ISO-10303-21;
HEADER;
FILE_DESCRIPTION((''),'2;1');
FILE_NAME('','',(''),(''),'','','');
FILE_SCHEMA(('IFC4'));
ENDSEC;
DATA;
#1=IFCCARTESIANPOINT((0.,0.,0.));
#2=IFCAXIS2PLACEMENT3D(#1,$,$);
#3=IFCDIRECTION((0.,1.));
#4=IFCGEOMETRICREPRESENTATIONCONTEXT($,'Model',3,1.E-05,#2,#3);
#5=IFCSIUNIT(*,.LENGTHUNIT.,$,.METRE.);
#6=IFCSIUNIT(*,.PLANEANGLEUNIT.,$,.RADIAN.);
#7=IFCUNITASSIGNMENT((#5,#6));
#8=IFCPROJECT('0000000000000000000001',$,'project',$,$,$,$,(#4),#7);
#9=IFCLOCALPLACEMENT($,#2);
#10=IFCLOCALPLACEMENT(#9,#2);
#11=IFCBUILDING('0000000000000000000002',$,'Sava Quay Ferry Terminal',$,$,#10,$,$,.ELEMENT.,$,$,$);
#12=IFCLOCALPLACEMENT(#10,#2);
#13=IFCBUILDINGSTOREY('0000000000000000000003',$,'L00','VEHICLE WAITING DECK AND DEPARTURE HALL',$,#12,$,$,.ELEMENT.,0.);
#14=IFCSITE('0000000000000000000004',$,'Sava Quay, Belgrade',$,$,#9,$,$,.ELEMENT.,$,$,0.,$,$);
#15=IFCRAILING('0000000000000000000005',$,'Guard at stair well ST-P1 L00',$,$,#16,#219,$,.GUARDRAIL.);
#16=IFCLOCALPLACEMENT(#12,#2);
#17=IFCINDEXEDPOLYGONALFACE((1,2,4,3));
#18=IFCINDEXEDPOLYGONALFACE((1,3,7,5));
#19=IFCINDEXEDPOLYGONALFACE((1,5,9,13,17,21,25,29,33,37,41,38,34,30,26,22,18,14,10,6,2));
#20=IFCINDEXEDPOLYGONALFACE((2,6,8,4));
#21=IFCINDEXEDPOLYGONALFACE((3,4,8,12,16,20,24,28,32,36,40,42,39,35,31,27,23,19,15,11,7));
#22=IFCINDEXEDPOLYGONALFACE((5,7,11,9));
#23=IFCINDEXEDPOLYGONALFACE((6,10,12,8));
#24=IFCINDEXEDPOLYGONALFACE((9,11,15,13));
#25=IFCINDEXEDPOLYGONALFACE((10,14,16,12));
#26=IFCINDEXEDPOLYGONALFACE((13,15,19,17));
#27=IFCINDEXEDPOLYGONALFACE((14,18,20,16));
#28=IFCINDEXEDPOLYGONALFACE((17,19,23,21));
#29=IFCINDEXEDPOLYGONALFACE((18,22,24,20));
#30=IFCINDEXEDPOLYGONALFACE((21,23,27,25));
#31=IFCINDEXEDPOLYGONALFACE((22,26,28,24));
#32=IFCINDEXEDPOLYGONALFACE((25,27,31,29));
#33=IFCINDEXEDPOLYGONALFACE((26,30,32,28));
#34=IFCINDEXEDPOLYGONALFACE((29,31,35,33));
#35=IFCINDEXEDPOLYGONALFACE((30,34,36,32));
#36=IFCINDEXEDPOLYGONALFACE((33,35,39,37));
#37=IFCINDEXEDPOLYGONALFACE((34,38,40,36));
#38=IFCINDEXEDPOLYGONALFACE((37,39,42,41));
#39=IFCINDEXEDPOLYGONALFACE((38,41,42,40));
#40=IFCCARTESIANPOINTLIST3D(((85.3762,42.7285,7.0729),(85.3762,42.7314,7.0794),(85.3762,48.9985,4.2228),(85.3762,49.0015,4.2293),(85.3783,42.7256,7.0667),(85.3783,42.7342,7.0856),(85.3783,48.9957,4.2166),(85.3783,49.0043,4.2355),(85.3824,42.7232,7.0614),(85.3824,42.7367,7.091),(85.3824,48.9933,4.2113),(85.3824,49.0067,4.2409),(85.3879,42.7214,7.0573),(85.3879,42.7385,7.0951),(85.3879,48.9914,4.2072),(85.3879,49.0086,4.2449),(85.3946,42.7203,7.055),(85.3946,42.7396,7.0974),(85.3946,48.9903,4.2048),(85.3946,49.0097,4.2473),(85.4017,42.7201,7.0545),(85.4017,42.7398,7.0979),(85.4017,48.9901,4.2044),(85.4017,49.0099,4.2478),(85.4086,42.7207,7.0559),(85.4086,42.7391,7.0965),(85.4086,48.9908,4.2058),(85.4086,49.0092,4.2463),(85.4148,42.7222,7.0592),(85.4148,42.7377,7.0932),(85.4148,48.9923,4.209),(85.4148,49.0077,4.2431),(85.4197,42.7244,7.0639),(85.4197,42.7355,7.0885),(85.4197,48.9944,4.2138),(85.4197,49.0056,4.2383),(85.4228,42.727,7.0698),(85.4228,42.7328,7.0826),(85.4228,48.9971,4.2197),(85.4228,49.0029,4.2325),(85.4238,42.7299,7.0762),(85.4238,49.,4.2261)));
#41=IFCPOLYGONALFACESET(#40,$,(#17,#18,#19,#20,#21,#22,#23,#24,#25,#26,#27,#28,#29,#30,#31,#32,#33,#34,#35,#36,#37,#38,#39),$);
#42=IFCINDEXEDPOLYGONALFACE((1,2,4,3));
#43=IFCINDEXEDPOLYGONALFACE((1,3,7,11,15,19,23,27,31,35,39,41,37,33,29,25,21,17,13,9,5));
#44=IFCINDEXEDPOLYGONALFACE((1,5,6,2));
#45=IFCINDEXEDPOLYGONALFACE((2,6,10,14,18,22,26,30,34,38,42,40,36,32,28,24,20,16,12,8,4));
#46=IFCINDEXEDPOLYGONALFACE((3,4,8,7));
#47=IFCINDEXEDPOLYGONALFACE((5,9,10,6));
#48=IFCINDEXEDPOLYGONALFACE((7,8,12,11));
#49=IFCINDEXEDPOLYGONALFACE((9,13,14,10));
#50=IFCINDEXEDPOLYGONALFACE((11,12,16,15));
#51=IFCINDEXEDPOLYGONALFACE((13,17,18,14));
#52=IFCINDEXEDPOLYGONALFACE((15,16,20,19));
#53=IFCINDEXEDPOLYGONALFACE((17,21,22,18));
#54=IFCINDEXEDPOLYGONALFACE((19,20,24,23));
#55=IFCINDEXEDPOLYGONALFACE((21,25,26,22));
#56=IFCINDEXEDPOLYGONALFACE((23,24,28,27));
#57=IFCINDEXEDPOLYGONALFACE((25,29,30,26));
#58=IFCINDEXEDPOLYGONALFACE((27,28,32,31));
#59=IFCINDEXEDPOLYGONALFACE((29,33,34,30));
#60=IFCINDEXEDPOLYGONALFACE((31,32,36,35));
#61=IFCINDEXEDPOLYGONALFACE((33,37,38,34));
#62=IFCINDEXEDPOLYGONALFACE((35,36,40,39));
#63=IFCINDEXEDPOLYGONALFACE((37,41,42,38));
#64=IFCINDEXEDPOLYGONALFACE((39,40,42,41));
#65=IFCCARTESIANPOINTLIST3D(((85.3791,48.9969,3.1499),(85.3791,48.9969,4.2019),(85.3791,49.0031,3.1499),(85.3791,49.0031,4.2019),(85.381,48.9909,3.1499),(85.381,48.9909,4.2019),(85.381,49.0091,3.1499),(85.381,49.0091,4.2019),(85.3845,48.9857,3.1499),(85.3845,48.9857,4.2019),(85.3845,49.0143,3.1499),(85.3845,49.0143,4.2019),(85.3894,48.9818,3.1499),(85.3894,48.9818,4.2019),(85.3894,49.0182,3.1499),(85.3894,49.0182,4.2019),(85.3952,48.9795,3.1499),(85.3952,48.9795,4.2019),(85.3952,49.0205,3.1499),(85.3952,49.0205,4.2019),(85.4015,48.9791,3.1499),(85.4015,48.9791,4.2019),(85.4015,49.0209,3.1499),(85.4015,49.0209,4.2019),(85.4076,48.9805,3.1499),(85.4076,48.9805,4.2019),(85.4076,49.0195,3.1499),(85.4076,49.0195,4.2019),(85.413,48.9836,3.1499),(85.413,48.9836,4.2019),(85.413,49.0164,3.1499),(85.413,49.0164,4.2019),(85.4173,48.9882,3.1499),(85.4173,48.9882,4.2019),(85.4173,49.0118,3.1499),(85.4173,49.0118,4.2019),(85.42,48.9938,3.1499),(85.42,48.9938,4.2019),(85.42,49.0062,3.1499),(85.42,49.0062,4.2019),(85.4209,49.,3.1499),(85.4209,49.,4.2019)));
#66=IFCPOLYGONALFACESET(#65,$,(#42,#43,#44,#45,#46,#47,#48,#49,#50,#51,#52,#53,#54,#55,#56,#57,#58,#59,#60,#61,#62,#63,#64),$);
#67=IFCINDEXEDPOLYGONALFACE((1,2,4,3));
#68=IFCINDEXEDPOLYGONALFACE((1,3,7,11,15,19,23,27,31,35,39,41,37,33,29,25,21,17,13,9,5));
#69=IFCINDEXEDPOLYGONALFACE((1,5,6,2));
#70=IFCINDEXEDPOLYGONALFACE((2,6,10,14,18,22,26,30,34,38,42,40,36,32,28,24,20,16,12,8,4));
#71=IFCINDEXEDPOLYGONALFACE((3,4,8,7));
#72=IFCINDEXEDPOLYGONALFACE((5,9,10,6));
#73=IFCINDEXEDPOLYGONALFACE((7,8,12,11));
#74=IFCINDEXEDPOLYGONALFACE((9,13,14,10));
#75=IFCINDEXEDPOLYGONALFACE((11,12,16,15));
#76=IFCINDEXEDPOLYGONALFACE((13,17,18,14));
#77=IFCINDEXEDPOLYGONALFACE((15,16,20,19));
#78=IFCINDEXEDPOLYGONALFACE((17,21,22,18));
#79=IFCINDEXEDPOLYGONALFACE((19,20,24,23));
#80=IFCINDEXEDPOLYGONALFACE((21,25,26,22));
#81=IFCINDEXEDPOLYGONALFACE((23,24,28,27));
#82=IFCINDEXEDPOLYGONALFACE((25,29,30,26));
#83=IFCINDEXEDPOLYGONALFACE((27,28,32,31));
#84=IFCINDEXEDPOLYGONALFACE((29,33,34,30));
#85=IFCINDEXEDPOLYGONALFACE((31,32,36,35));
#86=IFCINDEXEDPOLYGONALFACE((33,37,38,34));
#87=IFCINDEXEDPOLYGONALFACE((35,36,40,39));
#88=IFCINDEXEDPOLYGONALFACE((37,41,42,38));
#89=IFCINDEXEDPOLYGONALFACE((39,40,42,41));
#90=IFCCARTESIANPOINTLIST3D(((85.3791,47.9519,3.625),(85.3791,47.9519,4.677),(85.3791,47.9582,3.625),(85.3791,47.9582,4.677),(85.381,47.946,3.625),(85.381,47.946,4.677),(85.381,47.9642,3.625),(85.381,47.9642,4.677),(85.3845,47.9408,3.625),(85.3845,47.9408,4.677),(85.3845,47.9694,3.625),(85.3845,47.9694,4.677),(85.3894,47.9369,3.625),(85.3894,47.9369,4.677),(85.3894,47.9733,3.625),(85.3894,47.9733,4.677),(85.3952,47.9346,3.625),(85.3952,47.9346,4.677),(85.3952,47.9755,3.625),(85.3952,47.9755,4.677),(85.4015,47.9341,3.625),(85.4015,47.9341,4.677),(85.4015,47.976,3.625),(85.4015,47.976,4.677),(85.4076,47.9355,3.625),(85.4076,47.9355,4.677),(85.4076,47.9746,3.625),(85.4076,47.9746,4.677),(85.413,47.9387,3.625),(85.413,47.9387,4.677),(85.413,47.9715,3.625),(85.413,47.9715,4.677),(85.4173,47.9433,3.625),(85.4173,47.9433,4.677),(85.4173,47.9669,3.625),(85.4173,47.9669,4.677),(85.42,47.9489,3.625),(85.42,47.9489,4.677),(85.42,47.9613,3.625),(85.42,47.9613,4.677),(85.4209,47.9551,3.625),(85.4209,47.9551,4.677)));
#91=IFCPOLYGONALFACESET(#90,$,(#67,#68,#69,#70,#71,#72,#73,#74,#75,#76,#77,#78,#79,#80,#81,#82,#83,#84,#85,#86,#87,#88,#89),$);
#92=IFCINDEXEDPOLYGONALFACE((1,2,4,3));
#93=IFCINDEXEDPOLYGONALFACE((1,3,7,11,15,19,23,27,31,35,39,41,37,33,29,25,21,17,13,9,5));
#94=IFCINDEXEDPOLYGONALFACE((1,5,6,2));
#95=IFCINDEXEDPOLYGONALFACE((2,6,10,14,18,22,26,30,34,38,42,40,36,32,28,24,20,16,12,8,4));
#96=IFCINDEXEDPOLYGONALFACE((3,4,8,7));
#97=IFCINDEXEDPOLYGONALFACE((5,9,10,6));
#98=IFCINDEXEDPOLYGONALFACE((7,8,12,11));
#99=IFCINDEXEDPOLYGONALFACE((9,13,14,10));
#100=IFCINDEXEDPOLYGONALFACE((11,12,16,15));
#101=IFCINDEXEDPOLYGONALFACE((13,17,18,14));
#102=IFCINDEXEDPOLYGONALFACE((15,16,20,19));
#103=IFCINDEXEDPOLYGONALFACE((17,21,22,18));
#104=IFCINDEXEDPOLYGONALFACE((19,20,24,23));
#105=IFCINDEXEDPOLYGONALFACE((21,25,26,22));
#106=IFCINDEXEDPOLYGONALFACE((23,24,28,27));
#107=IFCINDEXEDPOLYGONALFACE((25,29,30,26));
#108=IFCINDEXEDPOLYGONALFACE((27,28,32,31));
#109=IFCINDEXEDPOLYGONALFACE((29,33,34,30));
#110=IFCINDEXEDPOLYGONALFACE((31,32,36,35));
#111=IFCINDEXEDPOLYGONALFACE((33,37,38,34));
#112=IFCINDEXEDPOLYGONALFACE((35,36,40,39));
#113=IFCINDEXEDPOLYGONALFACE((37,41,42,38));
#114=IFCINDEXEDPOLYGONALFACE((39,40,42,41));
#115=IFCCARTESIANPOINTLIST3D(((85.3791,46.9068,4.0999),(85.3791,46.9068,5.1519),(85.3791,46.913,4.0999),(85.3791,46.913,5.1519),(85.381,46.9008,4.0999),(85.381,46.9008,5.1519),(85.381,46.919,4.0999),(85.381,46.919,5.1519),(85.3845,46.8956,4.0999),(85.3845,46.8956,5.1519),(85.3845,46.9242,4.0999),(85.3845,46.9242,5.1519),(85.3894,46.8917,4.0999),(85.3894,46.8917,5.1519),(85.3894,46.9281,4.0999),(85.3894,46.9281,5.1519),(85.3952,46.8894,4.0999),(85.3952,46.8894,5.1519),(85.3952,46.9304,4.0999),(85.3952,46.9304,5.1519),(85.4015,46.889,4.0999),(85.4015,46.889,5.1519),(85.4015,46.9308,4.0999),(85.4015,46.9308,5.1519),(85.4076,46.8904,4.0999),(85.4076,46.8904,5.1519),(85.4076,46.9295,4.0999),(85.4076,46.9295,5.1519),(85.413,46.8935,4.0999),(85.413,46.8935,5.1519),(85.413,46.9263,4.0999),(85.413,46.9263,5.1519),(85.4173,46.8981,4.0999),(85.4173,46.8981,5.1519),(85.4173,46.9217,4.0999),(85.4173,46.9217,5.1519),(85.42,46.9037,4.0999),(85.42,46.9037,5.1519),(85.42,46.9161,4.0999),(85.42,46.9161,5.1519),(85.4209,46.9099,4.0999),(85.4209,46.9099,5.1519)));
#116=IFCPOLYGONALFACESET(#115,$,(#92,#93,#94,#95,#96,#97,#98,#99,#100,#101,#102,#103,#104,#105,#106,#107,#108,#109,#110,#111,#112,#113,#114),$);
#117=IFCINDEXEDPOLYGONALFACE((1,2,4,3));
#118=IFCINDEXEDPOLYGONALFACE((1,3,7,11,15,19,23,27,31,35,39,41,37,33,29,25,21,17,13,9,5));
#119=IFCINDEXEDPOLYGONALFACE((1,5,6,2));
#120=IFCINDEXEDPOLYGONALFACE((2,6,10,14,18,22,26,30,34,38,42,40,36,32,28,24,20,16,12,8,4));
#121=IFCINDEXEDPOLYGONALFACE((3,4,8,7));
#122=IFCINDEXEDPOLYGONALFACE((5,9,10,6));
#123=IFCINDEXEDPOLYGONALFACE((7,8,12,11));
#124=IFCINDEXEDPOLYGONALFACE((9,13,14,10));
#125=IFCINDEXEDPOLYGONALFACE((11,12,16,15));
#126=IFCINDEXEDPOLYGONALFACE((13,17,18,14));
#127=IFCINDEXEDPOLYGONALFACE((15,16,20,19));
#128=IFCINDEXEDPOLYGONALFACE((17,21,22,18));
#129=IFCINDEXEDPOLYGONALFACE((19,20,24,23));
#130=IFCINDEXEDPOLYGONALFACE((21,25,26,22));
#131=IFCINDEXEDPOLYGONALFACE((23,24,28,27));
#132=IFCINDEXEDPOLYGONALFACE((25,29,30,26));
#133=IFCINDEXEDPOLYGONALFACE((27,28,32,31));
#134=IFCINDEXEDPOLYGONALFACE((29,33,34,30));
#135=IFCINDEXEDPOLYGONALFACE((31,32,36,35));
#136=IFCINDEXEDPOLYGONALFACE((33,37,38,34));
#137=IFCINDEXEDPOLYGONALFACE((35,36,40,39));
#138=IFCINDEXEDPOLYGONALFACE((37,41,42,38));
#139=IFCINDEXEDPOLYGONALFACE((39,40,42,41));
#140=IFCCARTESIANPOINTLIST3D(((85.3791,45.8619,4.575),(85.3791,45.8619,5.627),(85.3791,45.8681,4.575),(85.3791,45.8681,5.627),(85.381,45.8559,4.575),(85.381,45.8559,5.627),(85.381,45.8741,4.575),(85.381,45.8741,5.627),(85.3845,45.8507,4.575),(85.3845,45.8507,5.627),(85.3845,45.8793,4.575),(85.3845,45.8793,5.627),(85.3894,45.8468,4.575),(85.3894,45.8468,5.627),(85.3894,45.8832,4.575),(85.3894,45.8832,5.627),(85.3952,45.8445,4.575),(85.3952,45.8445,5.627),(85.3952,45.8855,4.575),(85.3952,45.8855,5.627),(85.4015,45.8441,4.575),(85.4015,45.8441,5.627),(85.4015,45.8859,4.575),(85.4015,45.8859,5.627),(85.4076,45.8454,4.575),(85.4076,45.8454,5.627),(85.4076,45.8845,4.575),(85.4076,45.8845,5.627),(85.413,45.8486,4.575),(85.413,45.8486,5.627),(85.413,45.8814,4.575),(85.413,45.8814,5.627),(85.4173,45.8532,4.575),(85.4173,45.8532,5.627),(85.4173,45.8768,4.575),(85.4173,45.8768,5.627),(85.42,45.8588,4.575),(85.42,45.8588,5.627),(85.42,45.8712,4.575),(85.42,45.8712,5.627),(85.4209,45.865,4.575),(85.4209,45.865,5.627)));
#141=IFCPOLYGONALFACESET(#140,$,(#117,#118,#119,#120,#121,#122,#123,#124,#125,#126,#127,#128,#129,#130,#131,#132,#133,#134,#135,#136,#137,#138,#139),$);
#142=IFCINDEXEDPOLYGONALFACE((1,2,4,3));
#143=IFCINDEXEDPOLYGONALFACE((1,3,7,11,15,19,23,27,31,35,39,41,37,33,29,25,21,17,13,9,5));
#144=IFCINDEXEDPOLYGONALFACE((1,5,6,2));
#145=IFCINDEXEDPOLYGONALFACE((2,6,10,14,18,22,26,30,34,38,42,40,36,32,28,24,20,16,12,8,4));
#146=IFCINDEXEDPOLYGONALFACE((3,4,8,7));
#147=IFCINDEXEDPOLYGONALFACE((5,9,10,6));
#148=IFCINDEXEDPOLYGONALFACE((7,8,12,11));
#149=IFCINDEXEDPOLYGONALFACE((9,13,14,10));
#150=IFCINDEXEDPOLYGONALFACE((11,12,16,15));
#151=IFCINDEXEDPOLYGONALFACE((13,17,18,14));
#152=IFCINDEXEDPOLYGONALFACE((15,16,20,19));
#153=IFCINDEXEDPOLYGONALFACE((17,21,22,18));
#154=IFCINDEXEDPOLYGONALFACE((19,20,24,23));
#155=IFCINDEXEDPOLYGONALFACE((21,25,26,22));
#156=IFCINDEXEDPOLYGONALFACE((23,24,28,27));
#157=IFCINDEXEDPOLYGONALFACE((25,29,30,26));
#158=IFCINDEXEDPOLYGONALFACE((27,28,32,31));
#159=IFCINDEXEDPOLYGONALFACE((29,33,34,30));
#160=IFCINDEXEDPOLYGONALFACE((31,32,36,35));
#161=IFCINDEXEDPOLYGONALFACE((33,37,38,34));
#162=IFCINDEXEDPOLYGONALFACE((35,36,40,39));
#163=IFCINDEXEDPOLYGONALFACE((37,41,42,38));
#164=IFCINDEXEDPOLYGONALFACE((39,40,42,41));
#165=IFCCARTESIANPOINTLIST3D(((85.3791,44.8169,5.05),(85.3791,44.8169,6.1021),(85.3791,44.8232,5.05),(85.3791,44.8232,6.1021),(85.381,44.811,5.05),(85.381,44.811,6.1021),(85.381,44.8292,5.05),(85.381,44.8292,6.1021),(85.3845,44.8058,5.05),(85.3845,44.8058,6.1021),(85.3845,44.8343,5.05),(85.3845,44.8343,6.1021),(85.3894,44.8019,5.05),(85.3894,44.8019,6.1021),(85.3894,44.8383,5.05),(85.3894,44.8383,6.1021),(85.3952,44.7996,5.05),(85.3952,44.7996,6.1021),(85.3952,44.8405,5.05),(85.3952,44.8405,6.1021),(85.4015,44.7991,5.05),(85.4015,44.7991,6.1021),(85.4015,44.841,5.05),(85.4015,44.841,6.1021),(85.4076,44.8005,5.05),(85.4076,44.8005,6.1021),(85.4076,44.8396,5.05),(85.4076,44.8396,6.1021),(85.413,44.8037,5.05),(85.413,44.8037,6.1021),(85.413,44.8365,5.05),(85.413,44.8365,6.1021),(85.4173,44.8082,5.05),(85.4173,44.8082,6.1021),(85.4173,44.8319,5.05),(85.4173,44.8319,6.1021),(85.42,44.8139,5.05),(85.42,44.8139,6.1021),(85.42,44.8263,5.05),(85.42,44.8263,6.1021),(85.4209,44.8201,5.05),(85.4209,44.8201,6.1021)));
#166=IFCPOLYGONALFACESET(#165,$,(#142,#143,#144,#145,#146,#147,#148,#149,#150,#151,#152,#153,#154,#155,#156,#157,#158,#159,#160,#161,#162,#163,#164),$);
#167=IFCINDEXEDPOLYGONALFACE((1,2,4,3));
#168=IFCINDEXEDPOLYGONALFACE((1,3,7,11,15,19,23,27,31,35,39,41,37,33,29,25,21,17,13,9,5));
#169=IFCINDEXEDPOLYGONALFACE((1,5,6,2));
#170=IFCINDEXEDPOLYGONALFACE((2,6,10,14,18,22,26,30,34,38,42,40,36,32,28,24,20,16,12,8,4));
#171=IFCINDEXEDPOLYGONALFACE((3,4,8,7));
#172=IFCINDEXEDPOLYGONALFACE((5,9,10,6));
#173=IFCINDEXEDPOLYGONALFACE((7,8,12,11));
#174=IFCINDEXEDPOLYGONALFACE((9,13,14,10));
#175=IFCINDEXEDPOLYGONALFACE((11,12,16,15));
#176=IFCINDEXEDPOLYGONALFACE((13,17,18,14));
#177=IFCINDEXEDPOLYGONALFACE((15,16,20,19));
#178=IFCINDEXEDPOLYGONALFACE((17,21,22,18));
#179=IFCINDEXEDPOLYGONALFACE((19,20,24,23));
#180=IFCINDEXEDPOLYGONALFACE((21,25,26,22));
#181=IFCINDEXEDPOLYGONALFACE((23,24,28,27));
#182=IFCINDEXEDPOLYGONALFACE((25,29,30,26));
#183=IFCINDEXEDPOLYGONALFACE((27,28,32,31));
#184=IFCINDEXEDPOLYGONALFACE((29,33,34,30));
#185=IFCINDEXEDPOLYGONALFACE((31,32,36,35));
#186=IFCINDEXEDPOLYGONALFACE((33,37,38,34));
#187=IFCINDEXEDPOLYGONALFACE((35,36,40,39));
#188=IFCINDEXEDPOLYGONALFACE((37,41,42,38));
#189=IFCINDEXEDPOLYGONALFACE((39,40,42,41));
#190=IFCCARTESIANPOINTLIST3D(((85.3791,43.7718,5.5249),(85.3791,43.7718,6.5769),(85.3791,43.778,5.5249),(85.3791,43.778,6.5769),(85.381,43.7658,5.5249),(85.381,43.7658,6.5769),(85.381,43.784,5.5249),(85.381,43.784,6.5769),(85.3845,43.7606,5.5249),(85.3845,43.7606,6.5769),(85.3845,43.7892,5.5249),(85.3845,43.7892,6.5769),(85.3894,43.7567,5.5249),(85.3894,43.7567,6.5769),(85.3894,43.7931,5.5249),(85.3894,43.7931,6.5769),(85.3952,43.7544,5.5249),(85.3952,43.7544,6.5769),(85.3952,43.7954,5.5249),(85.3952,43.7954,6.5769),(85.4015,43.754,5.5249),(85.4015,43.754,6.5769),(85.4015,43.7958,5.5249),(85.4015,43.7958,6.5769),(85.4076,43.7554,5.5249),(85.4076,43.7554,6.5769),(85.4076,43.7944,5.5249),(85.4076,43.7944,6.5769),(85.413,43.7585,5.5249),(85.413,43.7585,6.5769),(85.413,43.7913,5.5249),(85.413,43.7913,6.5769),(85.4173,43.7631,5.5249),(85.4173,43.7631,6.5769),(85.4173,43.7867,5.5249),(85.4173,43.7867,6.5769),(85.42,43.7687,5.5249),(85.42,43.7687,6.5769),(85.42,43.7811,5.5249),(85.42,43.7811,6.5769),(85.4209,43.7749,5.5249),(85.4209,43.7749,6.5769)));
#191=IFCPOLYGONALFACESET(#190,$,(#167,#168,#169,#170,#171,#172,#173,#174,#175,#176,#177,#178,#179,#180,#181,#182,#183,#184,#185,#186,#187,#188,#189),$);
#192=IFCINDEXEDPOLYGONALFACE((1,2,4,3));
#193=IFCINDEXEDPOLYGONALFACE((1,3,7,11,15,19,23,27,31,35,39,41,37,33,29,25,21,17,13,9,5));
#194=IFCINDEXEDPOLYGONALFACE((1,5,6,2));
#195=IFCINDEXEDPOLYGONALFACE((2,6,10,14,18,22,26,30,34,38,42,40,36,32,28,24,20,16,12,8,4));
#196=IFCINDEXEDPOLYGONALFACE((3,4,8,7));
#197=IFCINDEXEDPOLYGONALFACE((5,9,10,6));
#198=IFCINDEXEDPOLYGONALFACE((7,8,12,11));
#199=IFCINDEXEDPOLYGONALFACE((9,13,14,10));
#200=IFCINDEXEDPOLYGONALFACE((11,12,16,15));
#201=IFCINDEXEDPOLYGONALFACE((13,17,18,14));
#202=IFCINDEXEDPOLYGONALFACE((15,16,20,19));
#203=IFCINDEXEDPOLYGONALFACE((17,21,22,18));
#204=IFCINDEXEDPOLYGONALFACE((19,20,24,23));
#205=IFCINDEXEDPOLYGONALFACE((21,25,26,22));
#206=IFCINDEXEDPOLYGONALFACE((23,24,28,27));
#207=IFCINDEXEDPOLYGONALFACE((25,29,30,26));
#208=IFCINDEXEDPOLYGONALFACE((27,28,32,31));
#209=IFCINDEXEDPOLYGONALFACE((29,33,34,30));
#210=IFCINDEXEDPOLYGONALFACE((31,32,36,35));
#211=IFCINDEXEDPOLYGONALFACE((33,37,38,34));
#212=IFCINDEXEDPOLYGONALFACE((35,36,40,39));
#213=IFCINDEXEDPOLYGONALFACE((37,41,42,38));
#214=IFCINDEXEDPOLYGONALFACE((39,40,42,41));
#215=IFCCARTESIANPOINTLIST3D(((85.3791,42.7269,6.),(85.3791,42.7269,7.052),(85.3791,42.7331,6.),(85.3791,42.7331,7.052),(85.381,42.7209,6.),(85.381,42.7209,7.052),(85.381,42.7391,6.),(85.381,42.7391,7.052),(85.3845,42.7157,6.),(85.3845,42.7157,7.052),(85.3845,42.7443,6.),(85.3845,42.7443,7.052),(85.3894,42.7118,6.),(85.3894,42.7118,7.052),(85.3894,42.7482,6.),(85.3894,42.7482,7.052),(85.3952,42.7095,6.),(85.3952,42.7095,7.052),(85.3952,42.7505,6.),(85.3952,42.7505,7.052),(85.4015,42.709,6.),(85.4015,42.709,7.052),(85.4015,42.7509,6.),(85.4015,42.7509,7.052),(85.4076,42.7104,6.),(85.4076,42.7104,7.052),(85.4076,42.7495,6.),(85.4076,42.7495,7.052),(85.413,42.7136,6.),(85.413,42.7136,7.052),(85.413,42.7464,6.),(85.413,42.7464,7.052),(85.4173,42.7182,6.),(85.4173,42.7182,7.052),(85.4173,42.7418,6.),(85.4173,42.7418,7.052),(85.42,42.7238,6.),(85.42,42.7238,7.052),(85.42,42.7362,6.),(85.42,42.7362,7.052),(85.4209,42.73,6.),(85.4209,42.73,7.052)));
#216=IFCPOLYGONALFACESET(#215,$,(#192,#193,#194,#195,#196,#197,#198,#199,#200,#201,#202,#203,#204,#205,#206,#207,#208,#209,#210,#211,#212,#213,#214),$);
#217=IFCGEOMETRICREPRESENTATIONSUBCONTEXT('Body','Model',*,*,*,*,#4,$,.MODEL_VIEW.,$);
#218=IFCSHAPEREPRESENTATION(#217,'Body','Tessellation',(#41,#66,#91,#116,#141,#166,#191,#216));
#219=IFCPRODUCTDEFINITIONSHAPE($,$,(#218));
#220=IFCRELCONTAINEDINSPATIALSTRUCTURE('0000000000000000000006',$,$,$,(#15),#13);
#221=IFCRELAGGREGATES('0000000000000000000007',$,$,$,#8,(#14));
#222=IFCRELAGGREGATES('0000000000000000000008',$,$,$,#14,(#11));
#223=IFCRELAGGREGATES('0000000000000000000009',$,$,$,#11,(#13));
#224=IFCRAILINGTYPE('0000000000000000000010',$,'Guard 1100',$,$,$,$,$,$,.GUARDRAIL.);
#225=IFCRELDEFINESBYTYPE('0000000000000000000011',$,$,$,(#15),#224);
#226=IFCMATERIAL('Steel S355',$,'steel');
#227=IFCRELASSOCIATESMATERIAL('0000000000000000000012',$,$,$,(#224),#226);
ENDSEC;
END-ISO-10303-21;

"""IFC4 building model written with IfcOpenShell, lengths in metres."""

from ifc_helpers import new_model, si_unit, direction, frame, origin, origin_2d, place, context, subcontext, project, spatial, circle, extrude, material, type_object, element, save


model = new_model("IFC4")

# Units and contexts
model_context = context("Model", 3, precision=1e-05, world=origin(), true_north=direction((0.0, 1.0)))
body_context = subcontext(model_context, "Body", "Model", "MODEL_VIEW")
ifc_project = project(units=[si_unit("LENGTHUNIT", "METRE"), si_unit("PLANEANGLEUNIT", "RADIAN")], contexts=[model_context])

# Site, building, storey
site_placement = place(None, origin())
site = spatial("IfcSite", under=ifc_project, at=site_placement, Name="Sava Quay, Belgrade", CompositionType="ELEMENT", RefElevation=0.0)
building_placement = place(site_placement, origin())
building = spatial("IfcBuilding", under=site, at=building_placement, Name="Sava Quay Ferry Terminal", CompositionType="ELEMENT")
storey_placement = place(building_placement, origin())
storey = spatial("IfcBuildingStorey", under=building, at=storey_placement, Name="L00", Description="VEHICLE WAITING DECK AND DEPARTURE HALL", CompositionType="ELEMENT", Elevation=0.0)

# Railing
ifc_material_1 = material(Name="Steel S355", Category="steel")
railing_type_1 = type_object("IfcRailingType", Name="Guard 1100", PredefinedType="GUARDRAIL", material=ifc_material_1)
railing_1_placement = place(storey_placement, frame((85.3999, 49.0, 3.1499)))
element("IfcRailing", 1, at=railing_1_placement, inside=storey, type_object=railing_type_1, Name="Guard at stair well ST-P1 L00", PredefinedType="GUARDRAIL", context=body_context, shape_type="SweptSolid", body=[
    extrude(circle(Radius=0.0239, at=origin_2d()), frame((0.0, 0.0, 1.0762), z_axis=(0.0, -0.910362, 0.413814), x_axis=(1.0, 0.0, 0.0)), (0.0, 0.0, 1.0), 6.8875),
    extrude(circle(Radius=0.021, at=origin_2d()), origin(), (0.0, 0.0, 1.0), 1.052),
    extrude(circle(Radius=0.021, at=origin_2d()), frame((0.0, -1.0449, 0.4751)), (0.0, 0.0, 1.0), 1.052),
    extrude(circle(Radius=0.021, at=origin_2d()), frame((0.0, -2.0901, 0.95)), (0.0, 0.0, 1.0), 1.052),
    extrude(circle(Radius=0.021, at=origin_2d()), frame((0.0, -3.135, 1.425)), (0.0, 0.0, 1.0), 1.052),
    extrude(circle(Radius=0.021, at=origin_2d()), frame((0.0, -4.1799, 1.9001)), (0.0, 0.0, 1.0), 1.052),
    extrude(circle(Radius=0.021, at=origin_2d()), frame((0.0, -5.2251, 2.375)), (0.0, 0.0, 1.0), 1.052),
    extrude(circle(Radius=0.021, at=origin_2d()), frame((0.0, -6.27, 2.8501)), (0.0, 0.0, 1.0), 1.052),
])

save(model, "model.ifc")
